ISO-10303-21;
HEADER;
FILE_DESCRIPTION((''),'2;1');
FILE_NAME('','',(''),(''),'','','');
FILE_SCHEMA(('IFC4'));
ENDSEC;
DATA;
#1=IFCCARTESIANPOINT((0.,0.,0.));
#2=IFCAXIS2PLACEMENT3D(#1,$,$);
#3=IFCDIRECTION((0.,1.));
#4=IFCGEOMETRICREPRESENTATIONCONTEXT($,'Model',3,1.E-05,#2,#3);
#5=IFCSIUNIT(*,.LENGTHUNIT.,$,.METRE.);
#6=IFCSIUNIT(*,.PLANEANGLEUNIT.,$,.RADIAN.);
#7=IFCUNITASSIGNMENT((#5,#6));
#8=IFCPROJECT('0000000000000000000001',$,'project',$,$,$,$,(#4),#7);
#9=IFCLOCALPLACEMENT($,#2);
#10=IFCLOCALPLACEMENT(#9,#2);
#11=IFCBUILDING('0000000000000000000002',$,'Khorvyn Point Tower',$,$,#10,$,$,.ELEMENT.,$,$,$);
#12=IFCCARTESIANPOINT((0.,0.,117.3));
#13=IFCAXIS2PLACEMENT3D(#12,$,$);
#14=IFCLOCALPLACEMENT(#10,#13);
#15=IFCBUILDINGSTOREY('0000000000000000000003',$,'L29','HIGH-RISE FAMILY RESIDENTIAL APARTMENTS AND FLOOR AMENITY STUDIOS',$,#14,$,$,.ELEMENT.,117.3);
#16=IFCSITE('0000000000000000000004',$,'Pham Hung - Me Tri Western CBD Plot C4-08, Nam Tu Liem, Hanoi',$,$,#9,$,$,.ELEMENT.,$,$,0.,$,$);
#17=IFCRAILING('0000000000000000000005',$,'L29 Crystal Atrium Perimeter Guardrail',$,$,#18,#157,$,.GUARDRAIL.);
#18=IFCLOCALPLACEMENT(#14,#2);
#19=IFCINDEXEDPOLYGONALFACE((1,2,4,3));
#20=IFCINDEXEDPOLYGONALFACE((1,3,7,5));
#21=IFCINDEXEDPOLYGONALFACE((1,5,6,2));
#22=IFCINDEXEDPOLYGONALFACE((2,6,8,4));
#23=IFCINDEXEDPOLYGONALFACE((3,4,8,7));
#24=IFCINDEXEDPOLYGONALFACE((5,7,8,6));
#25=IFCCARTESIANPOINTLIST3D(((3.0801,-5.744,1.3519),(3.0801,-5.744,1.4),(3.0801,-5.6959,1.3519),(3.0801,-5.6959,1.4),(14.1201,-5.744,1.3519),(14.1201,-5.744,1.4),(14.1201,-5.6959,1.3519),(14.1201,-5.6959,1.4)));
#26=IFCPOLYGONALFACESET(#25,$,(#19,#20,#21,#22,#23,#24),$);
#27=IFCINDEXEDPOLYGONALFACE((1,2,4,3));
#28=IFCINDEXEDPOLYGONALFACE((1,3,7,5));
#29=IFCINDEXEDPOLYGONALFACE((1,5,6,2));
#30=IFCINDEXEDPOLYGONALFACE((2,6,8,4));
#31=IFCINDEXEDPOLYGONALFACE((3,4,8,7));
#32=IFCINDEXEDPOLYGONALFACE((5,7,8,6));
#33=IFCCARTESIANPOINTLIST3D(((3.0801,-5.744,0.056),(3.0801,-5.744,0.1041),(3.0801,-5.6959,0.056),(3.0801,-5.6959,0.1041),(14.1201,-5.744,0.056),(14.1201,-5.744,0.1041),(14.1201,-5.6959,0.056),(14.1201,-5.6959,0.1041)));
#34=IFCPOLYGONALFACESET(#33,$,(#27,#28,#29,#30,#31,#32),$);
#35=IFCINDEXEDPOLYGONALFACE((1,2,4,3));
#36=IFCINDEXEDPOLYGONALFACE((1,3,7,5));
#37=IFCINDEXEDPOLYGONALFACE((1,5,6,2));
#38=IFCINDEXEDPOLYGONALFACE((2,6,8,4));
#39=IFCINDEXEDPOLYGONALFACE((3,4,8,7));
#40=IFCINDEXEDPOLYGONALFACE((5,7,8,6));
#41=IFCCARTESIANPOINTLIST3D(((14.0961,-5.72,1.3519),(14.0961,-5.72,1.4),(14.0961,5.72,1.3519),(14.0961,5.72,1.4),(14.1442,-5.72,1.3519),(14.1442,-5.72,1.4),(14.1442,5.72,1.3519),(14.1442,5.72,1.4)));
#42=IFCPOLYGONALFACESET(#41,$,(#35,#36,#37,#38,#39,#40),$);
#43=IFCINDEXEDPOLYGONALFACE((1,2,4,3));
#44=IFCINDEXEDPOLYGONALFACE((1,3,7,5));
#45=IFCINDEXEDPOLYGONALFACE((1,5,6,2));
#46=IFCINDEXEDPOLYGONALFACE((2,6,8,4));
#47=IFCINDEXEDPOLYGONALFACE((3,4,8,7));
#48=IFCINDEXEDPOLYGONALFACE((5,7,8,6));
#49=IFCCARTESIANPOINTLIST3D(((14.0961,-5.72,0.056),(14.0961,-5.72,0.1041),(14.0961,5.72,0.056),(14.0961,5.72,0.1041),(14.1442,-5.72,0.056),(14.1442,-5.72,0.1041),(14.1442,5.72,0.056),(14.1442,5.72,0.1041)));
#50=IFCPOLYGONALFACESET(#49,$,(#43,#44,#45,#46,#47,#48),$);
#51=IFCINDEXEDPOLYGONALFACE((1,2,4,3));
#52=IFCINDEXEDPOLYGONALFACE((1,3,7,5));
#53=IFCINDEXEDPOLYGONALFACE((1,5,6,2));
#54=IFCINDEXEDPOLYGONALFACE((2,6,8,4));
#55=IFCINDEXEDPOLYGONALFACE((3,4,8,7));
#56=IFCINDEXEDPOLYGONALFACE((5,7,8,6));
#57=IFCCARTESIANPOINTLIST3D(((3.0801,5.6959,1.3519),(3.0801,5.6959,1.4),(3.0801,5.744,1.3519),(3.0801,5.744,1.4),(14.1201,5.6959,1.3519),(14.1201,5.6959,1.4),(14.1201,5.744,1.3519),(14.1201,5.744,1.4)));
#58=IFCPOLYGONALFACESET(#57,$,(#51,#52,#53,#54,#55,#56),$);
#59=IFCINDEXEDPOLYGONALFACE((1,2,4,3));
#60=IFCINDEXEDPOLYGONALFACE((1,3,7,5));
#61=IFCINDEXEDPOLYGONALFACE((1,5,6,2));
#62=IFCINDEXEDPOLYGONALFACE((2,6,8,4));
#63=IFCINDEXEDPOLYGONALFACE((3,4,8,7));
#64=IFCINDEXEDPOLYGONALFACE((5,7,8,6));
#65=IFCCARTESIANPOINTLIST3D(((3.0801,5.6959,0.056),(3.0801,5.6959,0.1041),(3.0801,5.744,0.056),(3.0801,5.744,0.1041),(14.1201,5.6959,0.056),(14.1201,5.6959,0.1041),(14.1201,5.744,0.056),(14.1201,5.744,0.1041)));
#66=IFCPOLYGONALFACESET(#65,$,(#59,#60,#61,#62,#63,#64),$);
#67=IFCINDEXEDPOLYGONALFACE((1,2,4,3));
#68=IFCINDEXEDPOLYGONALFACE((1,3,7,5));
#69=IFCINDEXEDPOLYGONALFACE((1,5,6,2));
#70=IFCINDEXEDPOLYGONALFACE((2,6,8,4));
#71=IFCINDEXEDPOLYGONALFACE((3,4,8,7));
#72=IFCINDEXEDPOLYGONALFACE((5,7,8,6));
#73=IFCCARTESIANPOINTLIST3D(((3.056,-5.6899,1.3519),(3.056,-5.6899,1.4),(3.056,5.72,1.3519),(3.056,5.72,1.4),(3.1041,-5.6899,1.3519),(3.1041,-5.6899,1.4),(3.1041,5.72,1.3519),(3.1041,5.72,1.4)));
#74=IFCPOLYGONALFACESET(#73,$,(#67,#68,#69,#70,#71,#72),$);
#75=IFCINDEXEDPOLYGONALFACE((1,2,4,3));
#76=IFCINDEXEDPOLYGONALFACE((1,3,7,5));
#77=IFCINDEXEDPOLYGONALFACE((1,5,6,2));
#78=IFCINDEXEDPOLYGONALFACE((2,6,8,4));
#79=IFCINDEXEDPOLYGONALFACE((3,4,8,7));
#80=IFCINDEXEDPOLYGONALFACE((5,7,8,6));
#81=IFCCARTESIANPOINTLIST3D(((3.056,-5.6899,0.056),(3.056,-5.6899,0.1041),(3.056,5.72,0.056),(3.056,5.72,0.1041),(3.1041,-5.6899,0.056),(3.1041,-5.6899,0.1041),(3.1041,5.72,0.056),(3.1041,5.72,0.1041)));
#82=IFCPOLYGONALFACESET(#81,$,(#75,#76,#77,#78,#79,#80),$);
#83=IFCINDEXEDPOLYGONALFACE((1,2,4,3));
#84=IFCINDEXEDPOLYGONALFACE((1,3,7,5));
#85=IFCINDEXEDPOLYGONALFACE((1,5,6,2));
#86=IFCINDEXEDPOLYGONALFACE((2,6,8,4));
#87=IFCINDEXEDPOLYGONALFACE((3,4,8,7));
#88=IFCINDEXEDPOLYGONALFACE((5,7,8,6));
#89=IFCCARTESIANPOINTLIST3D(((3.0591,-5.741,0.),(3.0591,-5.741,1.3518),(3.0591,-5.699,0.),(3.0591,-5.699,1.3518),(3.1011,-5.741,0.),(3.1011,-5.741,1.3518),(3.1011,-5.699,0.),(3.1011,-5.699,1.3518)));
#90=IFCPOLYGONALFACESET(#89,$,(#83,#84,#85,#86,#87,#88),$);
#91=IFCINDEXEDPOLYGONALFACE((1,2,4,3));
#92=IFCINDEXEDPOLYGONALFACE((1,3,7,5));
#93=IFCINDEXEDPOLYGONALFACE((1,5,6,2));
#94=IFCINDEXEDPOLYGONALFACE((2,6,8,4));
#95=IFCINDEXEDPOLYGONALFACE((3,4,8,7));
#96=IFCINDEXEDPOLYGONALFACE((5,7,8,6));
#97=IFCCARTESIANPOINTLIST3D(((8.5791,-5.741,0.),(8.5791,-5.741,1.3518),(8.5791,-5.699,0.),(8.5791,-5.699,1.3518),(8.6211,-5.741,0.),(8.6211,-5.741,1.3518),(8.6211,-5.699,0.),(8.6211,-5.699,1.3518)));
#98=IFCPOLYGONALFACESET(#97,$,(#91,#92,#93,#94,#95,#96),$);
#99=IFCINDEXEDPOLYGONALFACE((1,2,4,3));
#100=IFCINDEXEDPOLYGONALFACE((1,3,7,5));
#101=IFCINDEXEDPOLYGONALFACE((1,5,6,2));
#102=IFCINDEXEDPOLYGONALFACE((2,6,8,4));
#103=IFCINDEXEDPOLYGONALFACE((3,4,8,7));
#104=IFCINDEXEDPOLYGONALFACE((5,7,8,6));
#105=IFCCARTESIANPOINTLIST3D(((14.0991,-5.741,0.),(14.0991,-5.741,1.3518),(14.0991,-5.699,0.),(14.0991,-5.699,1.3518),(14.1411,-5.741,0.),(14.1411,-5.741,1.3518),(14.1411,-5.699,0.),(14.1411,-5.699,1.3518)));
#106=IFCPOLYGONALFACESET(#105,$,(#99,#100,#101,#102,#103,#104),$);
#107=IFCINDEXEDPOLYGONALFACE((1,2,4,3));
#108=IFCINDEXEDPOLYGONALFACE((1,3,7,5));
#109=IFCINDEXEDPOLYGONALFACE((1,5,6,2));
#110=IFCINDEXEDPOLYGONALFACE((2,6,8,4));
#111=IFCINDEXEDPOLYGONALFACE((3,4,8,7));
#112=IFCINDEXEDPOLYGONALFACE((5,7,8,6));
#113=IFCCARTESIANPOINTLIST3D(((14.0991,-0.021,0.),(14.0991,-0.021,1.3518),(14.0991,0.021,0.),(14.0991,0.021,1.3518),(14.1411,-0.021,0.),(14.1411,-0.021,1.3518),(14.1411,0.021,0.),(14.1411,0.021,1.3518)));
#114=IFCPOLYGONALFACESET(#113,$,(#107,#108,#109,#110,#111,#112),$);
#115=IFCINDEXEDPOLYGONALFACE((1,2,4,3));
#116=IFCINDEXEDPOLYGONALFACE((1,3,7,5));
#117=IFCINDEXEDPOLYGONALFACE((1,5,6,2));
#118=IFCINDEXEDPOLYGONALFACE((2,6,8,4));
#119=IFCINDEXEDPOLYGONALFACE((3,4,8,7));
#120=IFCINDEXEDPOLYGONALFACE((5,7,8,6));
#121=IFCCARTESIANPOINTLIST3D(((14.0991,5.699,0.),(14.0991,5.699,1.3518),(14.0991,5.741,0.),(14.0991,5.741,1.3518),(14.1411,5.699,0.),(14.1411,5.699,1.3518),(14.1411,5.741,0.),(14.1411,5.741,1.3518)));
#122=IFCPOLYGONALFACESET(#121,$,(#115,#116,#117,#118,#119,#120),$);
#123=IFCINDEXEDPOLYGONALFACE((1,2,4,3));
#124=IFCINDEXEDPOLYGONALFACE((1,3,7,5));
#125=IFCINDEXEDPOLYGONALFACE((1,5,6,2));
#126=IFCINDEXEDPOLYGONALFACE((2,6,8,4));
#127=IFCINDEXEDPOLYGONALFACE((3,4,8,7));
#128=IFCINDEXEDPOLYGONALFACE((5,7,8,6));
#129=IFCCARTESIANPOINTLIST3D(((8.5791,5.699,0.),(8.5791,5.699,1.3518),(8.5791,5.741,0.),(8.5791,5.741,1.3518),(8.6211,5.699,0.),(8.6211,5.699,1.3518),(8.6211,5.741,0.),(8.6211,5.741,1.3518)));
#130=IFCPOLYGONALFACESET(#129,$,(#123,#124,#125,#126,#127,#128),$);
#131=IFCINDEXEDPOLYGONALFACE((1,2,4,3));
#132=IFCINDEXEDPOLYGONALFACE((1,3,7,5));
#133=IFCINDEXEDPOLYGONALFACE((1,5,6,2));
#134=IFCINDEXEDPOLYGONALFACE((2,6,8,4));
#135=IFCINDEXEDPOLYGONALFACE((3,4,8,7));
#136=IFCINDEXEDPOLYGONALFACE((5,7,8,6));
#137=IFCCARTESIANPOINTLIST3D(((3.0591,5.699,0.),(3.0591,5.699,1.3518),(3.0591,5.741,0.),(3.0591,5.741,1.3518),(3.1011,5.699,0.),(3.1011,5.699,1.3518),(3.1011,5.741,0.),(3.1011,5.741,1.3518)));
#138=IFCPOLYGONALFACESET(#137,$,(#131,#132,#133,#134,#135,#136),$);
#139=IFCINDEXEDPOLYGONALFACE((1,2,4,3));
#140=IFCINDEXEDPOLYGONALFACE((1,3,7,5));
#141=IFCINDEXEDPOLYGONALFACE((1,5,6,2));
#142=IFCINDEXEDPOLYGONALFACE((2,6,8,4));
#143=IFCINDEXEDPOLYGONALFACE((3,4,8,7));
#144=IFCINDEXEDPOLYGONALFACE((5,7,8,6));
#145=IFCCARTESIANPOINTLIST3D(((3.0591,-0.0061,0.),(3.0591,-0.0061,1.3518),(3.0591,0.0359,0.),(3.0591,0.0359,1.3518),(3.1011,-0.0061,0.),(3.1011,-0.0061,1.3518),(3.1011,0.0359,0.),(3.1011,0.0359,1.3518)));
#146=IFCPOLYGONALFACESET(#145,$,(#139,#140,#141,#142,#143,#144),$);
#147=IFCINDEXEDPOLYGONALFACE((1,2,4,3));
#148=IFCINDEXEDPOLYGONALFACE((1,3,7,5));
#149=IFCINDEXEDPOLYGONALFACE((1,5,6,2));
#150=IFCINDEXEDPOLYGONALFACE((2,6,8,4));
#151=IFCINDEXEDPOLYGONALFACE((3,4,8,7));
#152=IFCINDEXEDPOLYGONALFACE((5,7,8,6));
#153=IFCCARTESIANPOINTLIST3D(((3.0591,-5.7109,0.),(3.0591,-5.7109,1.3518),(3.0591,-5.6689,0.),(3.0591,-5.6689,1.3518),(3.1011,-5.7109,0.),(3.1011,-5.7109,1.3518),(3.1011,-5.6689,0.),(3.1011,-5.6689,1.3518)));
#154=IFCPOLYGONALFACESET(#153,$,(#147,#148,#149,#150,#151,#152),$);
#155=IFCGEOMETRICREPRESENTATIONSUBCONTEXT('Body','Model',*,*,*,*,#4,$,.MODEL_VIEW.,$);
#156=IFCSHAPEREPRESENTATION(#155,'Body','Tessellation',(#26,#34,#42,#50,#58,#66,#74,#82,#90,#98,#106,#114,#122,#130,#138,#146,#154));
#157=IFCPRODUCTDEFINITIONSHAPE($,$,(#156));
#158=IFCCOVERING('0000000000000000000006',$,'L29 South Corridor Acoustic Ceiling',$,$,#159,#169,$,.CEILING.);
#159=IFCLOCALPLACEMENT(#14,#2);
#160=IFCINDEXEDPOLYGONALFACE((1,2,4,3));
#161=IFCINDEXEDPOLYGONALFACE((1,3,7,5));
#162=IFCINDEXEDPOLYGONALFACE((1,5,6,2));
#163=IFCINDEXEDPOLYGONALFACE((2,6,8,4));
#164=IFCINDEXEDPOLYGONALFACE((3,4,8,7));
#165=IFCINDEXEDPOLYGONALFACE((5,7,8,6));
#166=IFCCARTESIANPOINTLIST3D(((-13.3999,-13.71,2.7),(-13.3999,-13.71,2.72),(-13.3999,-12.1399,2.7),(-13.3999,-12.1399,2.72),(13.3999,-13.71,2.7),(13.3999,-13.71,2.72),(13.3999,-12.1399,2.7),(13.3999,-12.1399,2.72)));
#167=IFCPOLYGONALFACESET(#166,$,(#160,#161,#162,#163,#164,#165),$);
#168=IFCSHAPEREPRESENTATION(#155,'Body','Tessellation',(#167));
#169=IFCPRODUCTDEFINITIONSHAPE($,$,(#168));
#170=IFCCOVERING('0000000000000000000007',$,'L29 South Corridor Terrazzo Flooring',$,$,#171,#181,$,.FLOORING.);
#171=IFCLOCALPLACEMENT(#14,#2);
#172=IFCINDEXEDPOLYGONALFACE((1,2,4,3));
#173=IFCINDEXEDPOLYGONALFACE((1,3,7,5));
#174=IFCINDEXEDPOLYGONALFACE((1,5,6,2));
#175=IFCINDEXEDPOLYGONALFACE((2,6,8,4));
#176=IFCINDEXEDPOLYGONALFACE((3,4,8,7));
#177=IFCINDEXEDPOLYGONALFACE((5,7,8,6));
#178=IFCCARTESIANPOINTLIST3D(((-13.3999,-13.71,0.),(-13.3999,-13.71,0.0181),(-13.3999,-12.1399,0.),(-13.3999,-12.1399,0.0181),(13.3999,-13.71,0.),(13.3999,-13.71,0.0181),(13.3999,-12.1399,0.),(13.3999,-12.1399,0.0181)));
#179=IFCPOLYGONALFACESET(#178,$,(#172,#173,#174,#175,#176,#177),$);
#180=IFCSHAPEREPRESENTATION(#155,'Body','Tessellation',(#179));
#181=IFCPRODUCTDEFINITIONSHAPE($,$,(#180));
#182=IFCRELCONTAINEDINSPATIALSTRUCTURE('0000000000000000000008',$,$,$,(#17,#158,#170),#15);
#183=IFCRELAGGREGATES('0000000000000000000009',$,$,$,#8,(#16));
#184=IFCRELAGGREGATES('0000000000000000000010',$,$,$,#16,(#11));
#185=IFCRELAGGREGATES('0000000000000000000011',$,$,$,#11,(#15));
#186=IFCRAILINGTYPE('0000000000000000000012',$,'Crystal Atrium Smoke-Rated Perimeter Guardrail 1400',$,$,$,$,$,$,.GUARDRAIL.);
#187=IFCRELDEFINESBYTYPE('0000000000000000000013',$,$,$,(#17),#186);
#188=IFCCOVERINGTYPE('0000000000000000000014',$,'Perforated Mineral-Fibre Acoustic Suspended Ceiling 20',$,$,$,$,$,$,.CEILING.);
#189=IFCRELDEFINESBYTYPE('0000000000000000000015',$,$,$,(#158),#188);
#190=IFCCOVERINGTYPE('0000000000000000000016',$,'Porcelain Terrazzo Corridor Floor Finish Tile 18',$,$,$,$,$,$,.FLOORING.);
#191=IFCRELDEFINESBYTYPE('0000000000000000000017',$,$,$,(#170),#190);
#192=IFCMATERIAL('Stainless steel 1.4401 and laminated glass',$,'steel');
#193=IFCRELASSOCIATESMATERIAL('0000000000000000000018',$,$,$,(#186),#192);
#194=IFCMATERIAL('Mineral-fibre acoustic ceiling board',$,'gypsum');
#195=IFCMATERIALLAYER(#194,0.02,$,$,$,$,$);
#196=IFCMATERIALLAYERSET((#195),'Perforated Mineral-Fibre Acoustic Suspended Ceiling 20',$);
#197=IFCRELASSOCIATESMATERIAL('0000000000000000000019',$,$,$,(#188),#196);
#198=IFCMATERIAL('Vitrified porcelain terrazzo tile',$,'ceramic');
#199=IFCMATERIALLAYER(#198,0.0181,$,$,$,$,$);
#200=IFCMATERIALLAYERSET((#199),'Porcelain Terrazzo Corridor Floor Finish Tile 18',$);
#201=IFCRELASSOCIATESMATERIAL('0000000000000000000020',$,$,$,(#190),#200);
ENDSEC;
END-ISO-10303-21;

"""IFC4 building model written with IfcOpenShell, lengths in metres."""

from ifc_helpers import new_model, si_unit, direction, frame, origin, origin_2d, place, context, subcontext, project, spatial, polyline, rectangle, outline, extrude, material, layer, layer_set, type_object, element, save


model = new_model("IFC4")

# Units and contexts
model_context = context("Model", 3, precision=1e-05, world=origin(), true_north=direction((0.0, 1.0)))
body_context = subcontext(model_context, "Body", "Model", "MODEL_VIEW")
ifc_project = project(units=[si_unit("LENGTHUNIT", "METRE"), si_unit("PLANEANGLEUNIT", "RADIAN")], contexts=[model_context])

# Site, building, storey
site_placement = place(None, origin())
site = spatial("IfcSite", under=ifc_project, at=site_placement, Name="Pham Hung - Me Tri Western CBD Plot C4-08, Nam Tu Liem, Hanoi", CompositionType="ELEMENT", RefElevation=0.0)
building_placement = place(site_placement, origin())
building = spatial("IfcBuilding", under=site, at=building_placement, Name="Khorvyn Point Tower", CompositionType="ELEMENT")
storey_placement = place(building_placement, frame((0.0, 0.0, 117.3)))
storey = spatial("IfcBuildingStorey", under=building, at=storey_placement, Name="L29", Description="HIGH-RISE FAMILY RESIDENTIAL APARTMENTS AND FLOOR AMENITY STUDIOS", CompositionType="ELEMENT", Elevation=117.3)

# Railing
ifc_material_1 = material(Name="Stainless steel 1.4401 and laminated glass", Category="steel")
railing_type = type_object("IfcRailingType", Name="Crystal Atrium Smoke-Rated Perimeter Guardrail 1400", PredefinedType="GUARDRAIL", material=ifc_material_1)
railing_placement = place(storey_placement, frame((3.0801, -5.72, 0.0)))
element("IfcRailing", 1, at=railing_placement, inside=storey, type_object=railing_type, Name="L29 Crystal Atrium Perimeter Guardrail", PredefinedType="GUARDRAIL", context=body_context, shape_type="SweptSolid", body=[
    extrude(rectangle(XDim=0.0481, YDim=0.0481, at=origin_2d()), frame((0.0, 0.0, 1.376), z_axis=(1.0, 0.0, 0.0), x_axis=(0.0, 1.0, 0.0)), (0.0, 0.0, 1.0), 11.04),
    extrude(rectangle(XDim=0.0481, YDim=0.0481, at=origin_2d()), frame((0.0, 0.0, 0.0801), z_axis=(1.0, 0.0, 0.0), x_axis=(0.0, 1.0, 0.0)), (0.0, 0.0, 1.0), 11.04),
    extrude(rectangle(XDim=0.0481, YDim=0.0481, at=origin_2d()), frame((11.04, 0.0, 1.376), z_axis=(0.0, 1.0, 0.0), x_axis=(-1.0, 0.0, 0.0)), (0.0, 0.0, 1.0), 11.4399),
    extrude(rectangle(XDim=0.0481, YDim=0.0481, at=origin_2d()), frame((11.04, 0.0, 0.0801), z_axis=(0.0, 1.0, 0.0), x_axis=(-1.0, 0.0, 0.0)), (0.0, 0.0, 1.0), 11.4399),
    extrude(rectangle(XDim=0.0481, YDim=0.0481, at=origin_2d()), frame((11.04, 11.4399, 1.376), z_axis=(-1.0, 0.0, 0.0), x_axis=(0.0, -1.0, 0.0)), (0.0, 0.0, 1.0), 11.04),
    extrude(rectangle(XDim=0.0481, YDim=0.0481, at=origin_2d()), frame((11.04, 11.4399, 0.0801), z_axis=(-1.0, 0.0, 0.0), x_axis=(0.0, -1.0, 0.0)), (0.0, 0.0, 1.0), 11.04),
    extrude(rectangle(XDim=0.0481, YDim=0.0481, at=origin_2d()), frame((0.0, 11.4399, 1.376), z_axis=(0.0, -1.0, 0.0), x_axis=(1.0, 0.0, 0.0)), (0.0, 0.0, 1.0), 11.4099),
    extrude(rectangle(XDim=0.0481, YDim=0.0481, at=origin_2d()), frame((0.0, 11.4399, 0.0801), z_axis=(0.0, -1.0, 0.0), x_axis=(1.0, 0.0, 0.0)), (0.0, 0.0, 1.0), 11.4099),
    extrude(rectangle(XDim=0.042, YDim=0.042, at=origin_2d()), origin(), (0.0, 0.0, 1.0), 1.3518),
    extrude(rectangle(XDim=0.042, YDim=0.042, at=origin_2d()), frame((5.52, 0.0, 0.0)), (0.0, 0.0, 1.0), 1.3518),
    extrude(rectangle(XDim=0.042, YDim=0.042, at=origin_2d()), frame((11.04, 0.0, 0.0)), (0.0, 0.0, 1.0), 1.3518),
    extrude(rectangle(XDim=0.042, YDim=0.042, at=origin_2d()), frame((11.04, 5.72, 0.0)), (0.0, 0.0, 1.0), 1.3518),
    extrude(rectangle(XDim=0.042, YDim=0.042, at=origin_2d()), frame((11.04, 11.4399, 0.0)), (0.0, 0.0, 1.0), 1.3518),
    extrude(rectangle(XDim=0.042, YDim=0.042, at=origin_2d()), frame((5.52, 11.4399, 0.0)), (0.0, 0.0, 1.0), 1.3518),
    extrude(rectangle(XDim=0.042, YDim=0.042, at=origin_2d()), frame((0.0, 11.4399, 0.0)), (0.0, 0.0, 1.0), 1.3518),
    extrude(rectangle(XDim=0.042, YDim=0.042, at=origin_2d()), frame((0.0, 5.7349, 0.0)), (0.0, 0.0, 1.0), 1.3518),
    extrude(rectangle(XDim=0.042, YDim=0.042, at=origin_2d()), frame((0.0, 0.03, 0.0)), (0.0, 0.0, 1.0), 1.3518),
])

# Coverings
ifc_material_2 = material(Name="Mineral-fibre acoustic ceiling board", Category="gypsum")
ifc_layer_1 = layer(ifc_material_2, 0.02)
ifc_layer_set_1 = layer_set([ifc_layer_1], Name="Perforated Mineral-Fibre Acoustic Suspended Ceiling 20")
covering_type_1 = type_object("IfcCoveringType", Name="Perforated Mineral-Fibre Acoustic Suspended Ceiling 20", PredefinedType="CEILING", material=ifc_layer_set_1)
covering_1_placement = place(storey_placement, frame((0.0, 0.0, 2.7)))
element("IfcCovering", 2, at=covering_1_placement, inside=storey, type_object=covering_type_1, Name="L29 South Corridor Acoustic Ceiling", PredefinedType="CEILING", context=body_context, shape_type="SweptSolid", body=[
    extrude(outline(polyline([(-13.3999, -13.71), (13.3999, -13.71), (13.3999, -12.1399), (-13.3999, -12.1399), (-13.3999, -13.71)])), origin(), (0.0, 0.0, 1.0), 0.02),
])
ifc_material_3 = material(Name="Vitrified porcelain terrazzo tile", Category="ceramic")
ifc_layer_2 = layer(ifc_material_3, 0.0181)
ifc_layer_set_2 = layer_set([ifc_layer_2], Name="Porcelain Terrazzo Corridor Floor Finish Tile 18")
covering_type_2 = type_object("IfcCoveringType", Name="Porcelain Terrazzo Corridor Floor Finish Tile 18", PredefinedType="FLOORING", material=ifc_layer_set_2)
covering_2_placement = place(storey_placement, origin())
element("IfcCovering", 3, at=covering_2_placement, inside=storey, type_object=covering_type_2, Name="L29 South Corridor Terrazzo Flooring", PredefinedType="FLOORING", context=body_context, shape_type="SweptSolid", body=[
    extrude(outline(polyline([(-13.3999, -13.71), (13.3999, -13.71), (13.3999, -12.1399), (-13.3999, -12.1399), (-13.3999, -13.71)])), origin(), (0.0, 0.0, 1.0), 0.0181),
])

save(model, "model.ifc")
